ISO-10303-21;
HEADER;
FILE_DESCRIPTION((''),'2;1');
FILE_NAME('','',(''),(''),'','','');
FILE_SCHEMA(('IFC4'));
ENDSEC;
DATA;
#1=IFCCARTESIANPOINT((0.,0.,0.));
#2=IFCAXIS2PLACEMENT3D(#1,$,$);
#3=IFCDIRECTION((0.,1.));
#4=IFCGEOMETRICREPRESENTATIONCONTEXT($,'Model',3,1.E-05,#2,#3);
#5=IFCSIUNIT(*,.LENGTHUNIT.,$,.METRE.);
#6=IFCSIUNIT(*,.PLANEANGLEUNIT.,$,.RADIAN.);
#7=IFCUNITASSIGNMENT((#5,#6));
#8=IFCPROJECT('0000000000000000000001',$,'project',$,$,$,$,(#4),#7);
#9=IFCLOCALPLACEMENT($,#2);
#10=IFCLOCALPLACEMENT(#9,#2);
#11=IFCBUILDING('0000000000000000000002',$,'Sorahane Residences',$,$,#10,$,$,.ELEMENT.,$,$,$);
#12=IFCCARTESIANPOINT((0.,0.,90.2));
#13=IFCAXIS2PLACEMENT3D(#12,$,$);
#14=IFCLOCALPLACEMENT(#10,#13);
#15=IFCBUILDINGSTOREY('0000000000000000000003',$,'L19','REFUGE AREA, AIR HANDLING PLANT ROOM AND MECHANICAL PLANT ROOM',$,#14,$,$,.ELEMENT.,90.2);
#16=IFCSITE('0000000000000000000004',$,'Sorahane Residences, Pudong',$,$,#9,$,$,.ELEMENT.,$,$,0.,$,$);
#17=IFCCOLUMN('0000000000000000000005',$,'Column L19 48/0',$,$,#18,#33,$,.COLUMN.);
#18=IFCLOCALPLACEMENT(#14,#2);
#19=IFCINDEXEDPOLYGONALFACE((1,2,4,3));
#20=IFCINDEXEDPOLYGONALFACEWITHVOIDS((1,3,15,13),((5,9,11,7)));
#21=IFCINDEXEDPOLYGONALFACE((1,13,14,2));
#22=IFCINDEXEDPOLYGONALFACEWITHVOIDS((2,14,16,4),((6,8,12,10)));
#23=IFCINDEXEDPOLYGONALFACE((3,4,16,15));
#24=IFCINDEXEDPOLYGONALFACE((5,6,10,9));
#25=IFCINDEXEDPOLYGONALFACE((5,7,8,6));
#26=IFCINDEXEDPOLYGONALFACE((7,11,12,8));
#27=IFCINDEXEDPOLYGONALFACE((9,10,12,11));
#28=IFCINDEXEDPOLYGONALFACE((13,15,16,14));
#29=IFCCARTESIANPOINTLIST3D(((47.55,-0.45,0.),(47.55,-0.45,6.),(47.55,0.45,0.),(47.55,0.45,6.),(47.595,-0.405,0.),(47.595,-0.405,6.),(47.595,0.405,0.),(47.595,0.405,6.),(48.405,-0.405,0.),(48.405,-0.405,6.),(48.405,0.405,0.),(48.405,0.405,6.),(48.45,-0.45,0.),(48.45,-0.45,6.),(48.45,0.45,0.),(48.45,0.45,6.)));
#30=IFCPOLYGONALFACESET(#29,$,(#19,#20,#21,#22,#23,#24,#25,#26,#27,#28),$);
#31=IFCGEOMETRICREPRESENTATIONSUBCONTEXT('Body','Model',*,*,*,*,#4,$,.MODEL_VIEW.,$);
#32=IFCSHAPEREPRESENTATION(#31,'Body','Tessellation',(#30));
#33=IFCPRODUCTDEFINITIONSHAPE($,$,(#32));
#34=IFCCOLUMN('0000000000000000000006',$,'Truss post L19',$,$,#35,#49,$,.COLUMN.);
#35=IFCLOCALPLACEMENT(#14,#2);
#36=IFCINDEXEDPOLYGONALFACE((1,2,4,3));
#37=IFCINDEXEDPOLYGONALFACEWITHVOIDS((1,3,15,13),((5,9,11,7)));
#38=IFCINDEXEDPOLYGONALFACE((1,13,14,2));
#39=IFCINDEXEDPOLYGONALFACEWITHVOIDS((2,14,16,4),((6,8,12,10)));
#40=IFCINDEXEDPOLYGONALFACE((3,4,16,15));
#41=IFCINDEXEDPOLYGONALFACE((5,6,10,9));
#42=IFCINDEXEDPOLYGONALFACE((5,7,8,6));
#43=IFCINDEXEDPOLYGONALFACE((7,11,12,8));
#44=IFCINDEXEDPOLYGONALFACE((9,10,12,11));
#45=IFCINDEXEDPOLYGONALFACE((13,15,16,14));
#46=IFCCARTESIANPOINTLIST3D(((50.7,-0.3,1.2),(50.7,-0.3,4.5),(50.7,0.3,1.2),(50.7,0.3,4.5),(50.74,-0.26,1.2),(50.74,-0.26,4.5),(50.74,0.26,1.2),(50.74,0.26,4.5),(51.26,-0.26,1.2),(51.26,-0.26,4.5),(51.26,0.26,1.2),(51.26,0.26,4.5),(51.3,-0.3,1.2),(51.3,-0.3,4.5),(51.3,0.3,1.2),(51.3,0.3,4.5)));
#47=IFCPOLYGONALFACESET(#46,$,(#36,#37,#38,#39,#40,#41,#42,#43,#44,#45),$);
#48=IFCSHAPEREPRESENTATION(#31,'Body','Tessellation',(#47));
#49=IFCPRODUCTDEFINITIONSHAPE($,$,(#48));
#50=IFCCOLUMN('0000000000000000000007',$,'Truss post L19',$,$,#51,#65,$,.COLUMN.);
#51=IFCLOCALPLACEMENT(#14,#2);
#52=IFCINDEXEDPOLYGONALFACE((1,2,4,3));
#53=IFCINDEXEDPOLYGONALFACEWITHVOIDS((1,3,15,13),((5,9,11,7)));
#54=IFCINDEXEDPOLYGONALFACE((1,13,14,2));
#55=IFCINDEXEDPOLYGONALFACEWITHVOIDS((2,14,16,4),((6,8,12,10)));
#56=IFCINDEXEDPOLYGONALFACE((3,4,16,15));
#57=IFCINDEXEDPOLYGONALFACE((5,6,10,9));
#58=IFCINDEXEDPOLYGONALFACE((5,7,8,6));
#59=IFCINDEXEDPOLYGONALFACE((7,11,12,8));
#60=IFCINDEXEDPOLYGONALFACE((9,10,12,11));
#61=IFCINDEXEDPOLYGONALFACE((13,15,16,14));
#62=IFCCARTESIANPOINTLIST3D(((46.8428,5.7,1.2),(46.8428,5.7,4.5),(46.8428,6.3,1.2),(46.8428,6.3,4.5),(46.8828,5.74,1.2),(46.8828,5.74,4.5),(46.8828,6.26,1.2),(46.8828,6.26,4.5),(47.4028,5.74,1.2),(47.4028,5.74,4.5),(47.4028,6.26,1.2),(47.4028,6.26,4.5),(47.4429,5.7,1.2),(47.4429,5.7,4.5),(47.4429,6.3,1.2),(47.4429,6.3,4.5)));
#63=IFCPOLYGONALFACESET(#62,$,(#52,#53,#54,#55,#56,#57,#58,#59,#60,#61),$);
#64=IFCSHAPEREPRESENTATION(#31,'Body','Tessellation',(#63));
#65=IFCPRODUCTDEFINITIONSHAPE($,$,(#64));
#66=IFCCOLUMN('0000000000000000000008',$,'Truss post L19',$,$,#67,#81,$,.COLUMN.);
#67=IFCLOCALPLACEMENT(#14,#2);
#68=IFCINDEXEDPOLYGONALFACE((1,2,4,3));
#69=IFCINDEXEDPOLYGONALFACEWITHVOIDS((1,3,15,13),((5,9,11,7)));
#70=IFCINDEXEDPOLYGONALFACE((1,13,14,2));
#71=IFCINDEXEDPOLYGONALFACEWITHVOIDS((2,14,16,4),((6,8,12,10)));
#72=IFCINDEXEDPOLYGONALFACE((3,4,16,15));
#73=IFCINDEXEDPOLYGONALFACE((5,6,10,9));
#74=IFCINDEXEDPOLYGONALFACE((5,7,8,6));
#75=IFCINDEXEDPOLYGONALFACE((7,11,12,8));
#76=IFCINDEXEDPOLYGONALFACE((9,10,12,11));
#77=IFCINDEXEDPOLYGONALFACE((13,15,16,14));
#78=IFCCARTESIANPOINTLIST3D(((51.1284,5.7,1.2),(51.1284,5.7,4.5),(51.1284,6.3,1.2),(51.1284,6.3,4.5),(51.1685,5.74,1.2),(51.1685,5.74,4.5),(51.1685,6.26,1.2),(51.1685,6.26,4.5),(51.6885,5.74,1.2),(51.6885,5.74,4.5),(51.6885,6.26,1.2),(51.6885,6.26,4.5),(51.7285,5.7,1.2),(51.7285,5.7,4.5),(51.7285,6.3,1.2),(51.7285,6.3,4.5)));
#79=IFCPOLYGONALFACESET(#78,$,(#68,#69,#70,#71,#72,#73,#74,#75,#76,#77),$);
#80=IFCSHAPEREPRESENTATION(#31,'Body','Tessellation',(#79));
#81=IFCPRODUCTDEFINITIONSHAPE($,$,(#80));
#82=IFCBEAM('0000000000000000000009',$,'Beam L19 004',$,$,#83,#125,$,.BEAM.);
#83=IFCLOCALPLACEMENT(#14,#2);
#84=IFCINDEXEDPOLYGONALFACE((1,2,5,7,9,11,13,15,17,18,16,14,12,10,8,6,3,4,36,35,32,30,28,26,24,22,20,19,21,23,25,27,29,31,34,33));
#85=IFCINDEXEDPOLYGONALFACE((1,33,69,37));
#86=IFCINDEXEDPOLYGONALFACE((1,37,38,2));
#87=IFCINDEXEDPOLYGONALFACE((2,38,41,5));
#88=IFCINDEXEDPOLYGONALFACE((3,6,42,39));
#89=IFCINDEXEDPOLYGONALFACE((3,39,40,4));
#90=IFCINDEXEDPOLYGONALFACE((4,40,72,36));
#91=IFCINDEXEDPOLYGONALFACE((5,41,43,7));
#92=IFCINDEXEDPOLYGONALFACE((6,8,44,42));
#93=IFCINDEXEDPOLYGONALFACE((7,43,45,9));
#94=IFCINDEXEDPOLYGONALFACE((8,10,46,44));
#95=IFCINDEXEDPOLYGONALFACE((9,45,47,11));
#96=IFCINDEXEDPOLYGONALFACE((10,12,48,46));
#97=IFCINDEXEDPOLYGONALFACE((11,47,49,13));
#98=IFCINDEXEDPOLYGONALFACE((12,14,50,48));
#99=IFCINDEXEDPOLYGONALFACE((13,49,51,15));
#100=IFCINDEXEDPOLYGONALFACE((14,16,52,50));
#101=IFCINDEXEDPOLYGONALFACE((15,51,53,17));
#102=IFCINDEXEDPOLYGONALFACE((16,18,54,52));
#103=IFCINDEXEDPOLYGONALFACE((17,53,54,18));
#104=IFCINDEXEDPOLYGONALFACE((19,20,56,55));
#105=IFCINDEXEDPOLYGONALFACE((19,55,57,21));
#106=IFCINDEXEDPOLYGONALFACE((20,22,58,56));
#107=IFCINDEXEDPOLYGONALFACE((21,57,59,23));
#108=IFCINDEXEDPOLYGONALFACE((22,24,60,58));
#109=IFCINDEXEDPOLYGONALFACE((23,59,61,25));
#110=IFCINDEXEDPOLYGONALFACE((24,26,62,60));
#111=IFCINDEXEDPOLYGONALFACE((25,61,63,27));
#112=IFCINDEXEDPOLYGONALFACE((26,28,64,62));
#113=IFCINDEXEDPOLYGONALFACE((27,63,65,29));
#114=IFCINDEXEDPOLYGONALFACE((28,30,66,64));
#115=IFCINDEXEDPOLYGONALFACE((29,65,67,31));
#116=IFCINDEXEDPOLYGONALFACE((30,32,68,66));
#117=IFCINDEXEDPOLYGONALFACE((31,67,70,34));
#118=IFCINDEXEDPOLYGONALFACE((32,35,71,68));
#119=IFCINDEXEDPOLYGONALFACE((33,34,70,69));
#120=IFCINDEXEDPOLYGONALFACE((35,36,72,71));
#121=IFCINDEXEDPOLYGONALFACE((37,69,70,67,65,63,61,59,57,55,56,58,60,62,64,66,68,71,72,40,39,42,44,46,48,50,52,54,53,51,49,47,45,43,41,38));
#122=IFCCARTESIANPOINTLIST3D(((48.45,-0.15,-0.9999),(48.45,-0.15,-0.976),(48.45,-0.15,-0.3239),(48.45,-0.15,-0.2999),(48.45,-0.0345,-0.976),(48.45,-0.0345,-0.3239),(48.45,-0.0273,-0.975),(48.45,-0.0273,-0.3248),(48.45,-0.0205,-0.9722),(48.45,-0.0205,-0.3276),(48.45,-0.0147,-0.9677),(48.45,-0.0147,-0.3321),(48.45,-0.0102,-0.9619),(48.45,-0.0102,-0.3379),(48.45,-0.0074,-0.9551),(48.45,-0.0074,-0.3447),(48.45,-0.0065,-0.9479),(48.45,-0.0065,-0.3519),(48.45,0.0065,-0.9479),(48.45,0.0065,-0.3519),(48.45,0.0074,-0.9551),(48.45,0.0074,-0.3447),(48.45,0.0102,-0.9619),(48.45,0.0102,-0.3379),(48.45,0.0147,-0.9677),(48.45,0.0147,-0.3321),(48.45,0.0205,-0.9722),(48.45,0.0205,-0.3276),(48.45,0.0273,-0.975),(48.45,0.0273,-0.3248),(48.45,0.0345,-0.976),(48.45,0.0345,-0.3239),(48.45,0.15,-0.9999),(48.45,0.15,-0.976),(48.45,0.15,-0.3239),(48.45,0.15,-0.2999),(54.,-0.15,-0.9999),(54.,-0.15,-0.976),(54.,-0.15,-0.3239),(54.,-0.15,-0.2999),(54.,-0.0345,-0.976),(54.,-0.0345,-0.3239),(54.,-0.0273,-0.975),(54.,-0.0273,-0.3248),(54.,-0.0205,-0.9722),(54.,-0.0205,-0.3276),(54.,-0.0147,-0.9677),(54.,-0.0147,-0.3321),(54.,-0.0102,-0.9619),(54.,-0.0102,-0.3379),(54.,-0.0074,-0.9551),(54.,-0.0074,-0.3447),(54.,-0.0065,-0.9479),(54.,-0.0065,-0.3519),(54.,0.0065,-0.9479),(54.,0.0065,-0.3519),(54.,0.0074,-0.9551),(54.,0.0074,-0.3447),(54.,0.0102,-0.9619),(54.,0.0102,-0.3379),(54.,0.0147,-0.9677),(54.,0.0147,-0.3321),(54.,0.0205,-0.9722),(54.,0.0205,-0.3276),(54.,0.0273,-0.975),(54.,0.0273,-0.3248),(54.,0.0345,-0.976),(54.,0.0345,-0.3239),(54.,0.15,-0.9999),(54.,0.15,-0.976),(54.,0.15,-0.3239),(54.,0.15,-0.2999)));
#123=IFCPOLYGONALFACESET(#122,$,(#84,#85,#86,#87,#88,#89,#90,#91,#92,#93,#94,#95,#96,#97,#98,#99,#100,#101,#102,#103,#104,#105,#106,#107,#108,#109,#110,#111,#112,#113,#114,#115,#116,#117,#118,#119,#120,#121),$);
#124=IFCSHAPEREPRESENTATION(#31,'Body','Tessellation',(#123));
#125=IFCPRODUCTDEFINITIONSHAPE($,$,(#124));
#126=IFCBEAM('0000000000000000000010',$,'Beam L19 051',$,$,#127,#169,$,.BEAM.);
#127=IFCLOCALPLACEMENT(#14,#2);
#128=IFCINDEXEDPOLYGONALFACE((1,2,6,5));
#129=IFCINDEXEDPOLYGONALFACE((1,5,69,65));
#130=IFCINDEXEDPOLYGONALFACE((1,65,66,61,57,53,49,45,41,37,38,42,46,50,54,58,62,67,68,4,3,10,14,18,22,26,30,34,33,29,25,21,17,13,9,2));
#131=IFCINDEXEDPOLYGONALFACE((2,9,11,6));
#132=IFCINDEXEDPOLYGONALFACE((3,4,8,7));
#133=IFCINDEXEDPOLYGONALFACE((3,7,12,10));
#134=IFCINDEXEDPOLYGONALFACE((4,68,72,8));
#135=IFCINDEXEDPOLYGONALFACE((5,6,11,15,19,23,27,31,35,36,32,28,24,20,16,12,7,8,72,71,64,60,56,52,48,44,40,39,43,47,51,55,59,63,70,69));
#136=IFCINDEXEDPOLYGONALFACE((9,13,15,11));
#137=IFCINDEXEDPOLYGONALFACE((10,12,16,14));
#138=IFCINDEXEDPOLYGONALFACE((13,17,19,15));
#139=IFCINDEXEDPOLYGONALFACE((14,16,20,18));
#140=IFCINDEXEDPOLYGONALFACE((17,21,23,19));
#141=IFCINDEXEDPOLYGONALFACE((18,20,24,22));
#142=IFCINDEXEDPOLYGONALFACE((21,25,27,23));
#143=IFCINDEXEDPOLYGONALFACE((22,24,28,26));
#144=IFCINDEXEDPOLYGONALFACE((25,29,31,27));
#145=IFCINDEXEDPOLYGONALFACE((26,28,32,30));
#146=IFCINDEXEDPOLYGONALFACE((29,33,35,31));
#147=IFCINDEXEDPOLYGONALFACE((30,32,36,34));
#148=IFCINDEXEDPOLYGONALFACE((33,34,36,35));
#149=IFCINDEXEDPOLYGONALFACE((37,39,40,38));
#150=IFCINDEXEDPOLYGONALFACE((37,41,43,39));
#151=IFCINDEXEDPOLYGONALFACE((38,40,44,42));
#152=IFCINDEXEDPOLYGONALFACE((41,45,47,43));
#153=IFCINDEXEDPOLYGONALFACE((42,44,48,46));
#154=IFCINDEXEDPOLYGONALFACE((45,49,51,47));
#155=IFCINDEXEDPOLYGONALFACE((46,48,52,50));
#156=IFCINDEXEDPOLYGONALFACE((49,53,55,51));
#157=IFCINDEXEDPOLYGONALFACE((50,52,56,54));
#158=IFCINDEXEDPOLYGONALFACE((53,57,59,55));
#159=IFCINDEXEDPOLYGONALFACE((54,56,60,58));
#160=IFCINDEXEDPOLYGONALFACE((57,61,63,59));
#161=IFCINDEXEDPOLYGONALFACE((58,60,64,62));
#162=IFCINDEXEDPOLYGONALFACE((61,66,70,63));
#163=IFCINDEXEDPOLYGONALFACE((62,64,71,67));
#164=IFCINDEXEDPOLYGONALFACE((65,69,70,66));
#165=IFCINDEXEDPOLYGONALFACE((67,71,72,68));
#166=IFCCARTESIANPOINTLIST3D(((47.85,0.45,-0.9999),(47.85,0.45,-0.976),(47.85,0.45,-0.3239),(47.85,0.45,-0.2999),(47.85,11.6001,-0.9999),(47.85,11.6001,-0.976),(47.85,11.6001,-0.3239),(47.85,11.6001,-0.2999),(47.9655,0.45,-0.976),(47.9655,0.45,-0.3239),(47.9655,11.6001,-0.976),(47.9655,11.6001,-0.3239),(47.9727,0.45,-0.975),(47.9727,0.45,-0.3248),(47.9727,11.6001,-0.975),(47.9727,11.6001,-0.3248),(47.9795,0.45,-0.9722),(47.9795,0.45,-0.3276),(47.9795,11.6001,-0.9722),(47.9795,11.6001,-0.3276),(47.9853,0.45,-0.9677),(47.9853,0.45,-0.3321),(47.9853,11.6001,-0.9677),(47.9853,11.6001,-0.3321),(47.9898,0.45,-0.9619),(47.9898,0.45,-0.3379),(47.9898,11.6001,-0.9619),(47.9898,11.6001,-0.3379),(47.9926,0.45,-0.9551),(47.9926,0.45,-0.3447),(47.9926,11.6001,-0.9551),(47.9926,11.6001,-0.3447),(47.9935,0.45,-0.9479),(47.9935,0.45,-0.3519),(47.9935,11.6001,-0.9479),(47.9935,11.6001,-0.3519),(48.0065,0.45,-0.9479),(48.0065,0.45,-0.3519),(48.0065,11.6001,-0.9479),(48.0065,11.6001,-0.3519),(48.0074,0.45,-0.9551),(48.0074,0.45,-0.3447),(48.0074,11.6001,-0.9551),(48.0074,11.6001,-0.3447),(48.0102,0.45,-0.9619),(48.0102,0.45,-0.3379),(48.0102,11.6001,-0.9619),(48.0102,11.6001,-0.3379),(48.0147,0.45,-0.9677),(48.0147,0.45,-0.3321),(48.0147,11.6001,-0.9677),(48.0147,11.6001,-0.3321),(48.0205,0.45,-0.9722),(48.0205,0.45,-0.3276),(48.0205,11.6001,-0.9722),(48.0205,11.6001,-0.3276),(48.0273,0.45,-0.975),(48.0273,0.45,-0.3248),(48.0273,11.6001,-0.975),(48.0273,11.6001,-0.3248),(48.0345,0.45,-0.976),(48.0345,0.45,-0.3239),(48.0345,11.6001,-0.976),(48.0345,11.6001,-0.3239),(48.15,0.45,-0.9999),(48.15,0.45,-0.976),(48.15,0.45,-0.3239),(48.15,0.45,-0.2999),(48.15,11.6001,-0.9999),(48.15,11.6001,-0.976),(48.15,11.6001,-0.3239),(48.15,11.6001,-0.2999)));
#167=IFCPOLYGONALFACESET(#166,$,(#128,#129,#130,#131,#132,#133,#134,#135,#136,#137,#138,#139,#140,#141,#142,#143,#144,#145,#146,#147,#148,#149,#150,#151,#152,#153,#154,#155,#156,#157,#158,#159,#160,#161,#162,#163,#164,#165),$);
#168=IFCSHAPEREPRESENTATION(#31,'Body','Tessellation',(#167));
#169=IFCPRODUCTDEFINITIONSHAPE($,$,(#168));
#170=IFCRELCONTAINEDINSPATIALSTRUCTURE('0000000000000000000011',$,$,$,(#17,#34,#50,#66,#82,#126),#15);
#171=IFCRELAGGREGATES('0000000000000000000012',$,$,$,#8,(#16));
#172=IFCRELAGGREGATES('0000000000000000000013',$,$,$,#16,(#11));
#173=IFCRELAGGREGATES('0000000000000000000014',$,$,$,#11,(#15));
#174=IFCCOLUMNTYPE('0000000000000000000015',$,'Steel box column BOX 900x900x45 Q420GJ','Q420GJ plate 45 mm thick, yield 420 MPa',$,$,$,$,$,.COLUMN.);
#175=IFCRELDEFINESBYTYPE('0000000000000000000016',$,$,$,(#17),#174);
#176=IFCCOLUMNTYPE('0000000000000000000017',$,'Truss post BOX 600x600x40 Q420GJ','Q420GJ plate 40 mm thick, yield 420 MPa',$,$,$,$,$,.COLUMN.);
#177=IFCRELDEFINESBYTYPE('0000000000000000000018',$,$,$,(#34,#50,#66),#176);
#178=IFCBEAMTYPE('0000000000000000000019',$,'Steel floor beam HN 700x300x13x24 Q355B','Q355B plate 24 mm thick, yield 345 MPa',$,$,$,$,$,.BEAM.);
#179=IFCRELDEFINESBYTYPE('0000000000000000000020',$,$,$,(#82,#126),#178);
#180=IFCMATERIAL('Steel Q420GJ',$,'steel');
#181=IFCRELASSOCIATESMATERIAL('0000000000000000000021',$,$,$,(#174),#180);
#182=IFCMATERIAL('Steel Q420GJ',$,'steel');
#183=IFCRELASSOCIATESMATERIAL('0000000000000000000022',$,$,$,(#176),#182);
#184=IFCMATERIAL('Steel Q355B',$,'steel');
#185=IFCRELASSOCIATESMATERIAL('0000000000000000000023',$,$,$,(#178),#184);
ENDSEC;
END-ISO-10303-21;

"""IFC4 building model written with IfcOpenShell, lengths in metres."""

from ifc_helpers import new_model, si_unit, direction, frame, origin, origin_2d, place, context, subcontext, project, spatial, hollow_rectangle, i_section, extrude, material, material_profile, profile_set, type_object, element, save


model = new_model("IFC4")

# Units and contexts
model_context = context("Model", 3, precision=1e-05, world=origin(), true_north=direction((0.0, 1.0)))
body_context = subcontext(model_context, "Body", "Model", "MODEL_VIEW")
ifc_project = project(units=[si_unit("LENGTHUNIT", "METRE"), si_unit("PLANEANGLEUNIT", "RADIAN")], contexts=[model_context])

# Site, building, storey
site_placement = place(None, origin())
site = spatial("IfcSite", under=ifc_project, at=site_placement, Name="Sorahane Residences, Pudong", CompositionType="ELEMENT", RefElevation=0.0)
building_placement = place(site_placement, origin())
building = spatial("IfcBuilding", under=site, at=building_placement, Name="Sorahane Residences", CompositionType="ELEMENT")
storey_placement = place(building_placement, frame((0.0, 0.0, 90.2)))
storey = spatial("IfcBuildingStorey", under=building, at=storey_placement, Name="L19", Description="REFUGE AREA, AIR HANDLING PLANT ROOM AND MECHANICAL PLANT ROOM", CompositionType="ELEMENT", Elevation=90.2)

# Columns
ifc_material_1 = material(Name="Steel Q420GJ", Category="steel")
ifc_material_profile_1 = material_profile(ifc_material_1, hollow_rectangle(XDim=0.8999, YDim=0.8999, WallThickness=0.0449, at=origin_2d()), Name="BOX 900x900x45")
ifc_profile_set_1 = profile_set([ifc_material_profile_1], Name="Steel Q420GJ")
column_type_1 = type_object("IfcColumnType", Name="Steel box column BOX 900x900x45 Q420GJ", Description="Q420GJ plate 45 mm thick, yield 420 MPa", PredefinedType="COLUMN", material=ifc_profile_set_1)
column_placement = place(storey_placement, frame((48.0, 0.0, 0.0), z_axis=(0.0, 0.0, 1.0), x_axis=(1.0, 0.0, 0.0)))
element("IfcColumn", 1, at=column_placement, inside=storey, type_object=column_type_1, Name="Column L19 48/0", PredefinedType="COLUMN", context=body_context, shape_type="SweptSolid", body=[
    extrude(hollow_rectangle(XDim=0.8999, YDim=0.8999, WallThickness=0.0449, at=origin_2d()), origin(), (0.0, 0.0, 1.0), 6.0),
])
ifc_material_2 = material(Name="Steel Q420GJ", Category="steel")
ifc_material_profile_2 = material_profile(ifc_material_2, hollow_rectangle(XDim=0.6001, YDim=0.6001, WallThickness=0.04, at=origin_2d()), Name="BOX 600x600x40")
ifc_profile_set_2 = profile_set([ifc_material_profile_2], Name="Steel Q420GJ")
column_type_2 = type_object("IfcColumnType", Name="Truss post BOX 600x600x40 Q420GJ", Description="Q420GJ plate 40 mm thick, yield 420 MPa", PredefinedType="COLUMN", material=ifc_profile_set_2)
for number, where, z_axis, x_axis, name in (
    (2, (51.0, 0.0, 1.2), (0.0, 0.0, 1.0), (1.0, 0.0, 0.0), "Truss post L19"),
    (3, (47.1428, 6.0, 1.2), (0.0, 0.0, 1.0), (1.0, 0.0, 0.0), "Truss post L19"),
    (4, (51.4285, 6.0, 1.2), (0.0, 0.0, 1.0), (1.0, 0.0, 0.0), "Truss post L19"),
):
    element("IfcColumn", number, at=place(storey_placement, frame(where, z_axis=z_axis, x_axis=x_axis)), inside=storey, type_object=column_type_2, Name=name, PredefinedType="COLUMN", context=body_context, shape_type="SweptSolid", body=[
        extrude(hollow_rectangle(XDim=0.6001, YDim=0.6001, WallThickness=0.04, at=origin_2d()), origin(), (0.0, 0.0, 1.0), 3.3),
    ])

# Beams
ifc_material_3 = material(Name="Steel Q355B", Category="steel")
ifc_material_profile_3 = material_profile(ifc_material_3, i_section(OverallWidth=0.3, OverallDepth=0.7, WebThickness=0.0129, FlangeThickness=0.0239, FilletRadius=0.0281, at=origin_2d()), Name="HN 700x300x13x24")
ifc_profile_set_3 = profile_set([ifc_material_profile_3], Name="Steel Q355B")
beam_type_1 = type_object("IfcBeamType", Name="Steel floor beam HN 700x300x13x24 Q355B", Description="Q355B plate 24 mm thick, yield 345 MPa", PredefinedType="BEAM", material=ifc_profile_set_3)
beam_1_placement = place(storey_placement, frame((48.45, 0.0, -0.6499), z_axis=(1.0, 0.0, 0.0), x_axis=(0.0, 1.0, 0.0)))
element("IfcBeam", 5, at=beam_1_placement, inside=storey, type_object=beam_type_1, Name="Beam L19 004", PredefinedType="BEAM", context=body_context, shape_type="SweptSolid", body=[
    extrude(i_section(OverallWidth=0.3, OverallDepth=0.7, WebThickness=0.0129, FlangeThickness=0.0239, FilletRadius=0.0281, at=origin_2d()), origin(), (0.0, 0.0, 1.0), 5.55),
])
beam_2_placement = place(storey_placement, frame((48.0, 0.45, -0.6499), z_axis=(0.0, 1.0, 0.0), x_axis=(-1.0, 0.0, 0.0)))
element("IfcBeam", 6, at=beam_2_placement, inside=storey, type_object=beam_type_1, Name="Beam L19 051", PredefinedType="BEAM", context=body_context, shape_type="SweptSolid", body=[
    extrude(i_section(OverallWidth=0.3, OverallDepth=0.7, WebThickness=0.0129, FlangeThickness=0.0239, FilletRadius=0.0281, at=origin_2d()), origin(), (0.0, 0.0, 1.0), 11.1501),
])

save(model, "model.ifc")
